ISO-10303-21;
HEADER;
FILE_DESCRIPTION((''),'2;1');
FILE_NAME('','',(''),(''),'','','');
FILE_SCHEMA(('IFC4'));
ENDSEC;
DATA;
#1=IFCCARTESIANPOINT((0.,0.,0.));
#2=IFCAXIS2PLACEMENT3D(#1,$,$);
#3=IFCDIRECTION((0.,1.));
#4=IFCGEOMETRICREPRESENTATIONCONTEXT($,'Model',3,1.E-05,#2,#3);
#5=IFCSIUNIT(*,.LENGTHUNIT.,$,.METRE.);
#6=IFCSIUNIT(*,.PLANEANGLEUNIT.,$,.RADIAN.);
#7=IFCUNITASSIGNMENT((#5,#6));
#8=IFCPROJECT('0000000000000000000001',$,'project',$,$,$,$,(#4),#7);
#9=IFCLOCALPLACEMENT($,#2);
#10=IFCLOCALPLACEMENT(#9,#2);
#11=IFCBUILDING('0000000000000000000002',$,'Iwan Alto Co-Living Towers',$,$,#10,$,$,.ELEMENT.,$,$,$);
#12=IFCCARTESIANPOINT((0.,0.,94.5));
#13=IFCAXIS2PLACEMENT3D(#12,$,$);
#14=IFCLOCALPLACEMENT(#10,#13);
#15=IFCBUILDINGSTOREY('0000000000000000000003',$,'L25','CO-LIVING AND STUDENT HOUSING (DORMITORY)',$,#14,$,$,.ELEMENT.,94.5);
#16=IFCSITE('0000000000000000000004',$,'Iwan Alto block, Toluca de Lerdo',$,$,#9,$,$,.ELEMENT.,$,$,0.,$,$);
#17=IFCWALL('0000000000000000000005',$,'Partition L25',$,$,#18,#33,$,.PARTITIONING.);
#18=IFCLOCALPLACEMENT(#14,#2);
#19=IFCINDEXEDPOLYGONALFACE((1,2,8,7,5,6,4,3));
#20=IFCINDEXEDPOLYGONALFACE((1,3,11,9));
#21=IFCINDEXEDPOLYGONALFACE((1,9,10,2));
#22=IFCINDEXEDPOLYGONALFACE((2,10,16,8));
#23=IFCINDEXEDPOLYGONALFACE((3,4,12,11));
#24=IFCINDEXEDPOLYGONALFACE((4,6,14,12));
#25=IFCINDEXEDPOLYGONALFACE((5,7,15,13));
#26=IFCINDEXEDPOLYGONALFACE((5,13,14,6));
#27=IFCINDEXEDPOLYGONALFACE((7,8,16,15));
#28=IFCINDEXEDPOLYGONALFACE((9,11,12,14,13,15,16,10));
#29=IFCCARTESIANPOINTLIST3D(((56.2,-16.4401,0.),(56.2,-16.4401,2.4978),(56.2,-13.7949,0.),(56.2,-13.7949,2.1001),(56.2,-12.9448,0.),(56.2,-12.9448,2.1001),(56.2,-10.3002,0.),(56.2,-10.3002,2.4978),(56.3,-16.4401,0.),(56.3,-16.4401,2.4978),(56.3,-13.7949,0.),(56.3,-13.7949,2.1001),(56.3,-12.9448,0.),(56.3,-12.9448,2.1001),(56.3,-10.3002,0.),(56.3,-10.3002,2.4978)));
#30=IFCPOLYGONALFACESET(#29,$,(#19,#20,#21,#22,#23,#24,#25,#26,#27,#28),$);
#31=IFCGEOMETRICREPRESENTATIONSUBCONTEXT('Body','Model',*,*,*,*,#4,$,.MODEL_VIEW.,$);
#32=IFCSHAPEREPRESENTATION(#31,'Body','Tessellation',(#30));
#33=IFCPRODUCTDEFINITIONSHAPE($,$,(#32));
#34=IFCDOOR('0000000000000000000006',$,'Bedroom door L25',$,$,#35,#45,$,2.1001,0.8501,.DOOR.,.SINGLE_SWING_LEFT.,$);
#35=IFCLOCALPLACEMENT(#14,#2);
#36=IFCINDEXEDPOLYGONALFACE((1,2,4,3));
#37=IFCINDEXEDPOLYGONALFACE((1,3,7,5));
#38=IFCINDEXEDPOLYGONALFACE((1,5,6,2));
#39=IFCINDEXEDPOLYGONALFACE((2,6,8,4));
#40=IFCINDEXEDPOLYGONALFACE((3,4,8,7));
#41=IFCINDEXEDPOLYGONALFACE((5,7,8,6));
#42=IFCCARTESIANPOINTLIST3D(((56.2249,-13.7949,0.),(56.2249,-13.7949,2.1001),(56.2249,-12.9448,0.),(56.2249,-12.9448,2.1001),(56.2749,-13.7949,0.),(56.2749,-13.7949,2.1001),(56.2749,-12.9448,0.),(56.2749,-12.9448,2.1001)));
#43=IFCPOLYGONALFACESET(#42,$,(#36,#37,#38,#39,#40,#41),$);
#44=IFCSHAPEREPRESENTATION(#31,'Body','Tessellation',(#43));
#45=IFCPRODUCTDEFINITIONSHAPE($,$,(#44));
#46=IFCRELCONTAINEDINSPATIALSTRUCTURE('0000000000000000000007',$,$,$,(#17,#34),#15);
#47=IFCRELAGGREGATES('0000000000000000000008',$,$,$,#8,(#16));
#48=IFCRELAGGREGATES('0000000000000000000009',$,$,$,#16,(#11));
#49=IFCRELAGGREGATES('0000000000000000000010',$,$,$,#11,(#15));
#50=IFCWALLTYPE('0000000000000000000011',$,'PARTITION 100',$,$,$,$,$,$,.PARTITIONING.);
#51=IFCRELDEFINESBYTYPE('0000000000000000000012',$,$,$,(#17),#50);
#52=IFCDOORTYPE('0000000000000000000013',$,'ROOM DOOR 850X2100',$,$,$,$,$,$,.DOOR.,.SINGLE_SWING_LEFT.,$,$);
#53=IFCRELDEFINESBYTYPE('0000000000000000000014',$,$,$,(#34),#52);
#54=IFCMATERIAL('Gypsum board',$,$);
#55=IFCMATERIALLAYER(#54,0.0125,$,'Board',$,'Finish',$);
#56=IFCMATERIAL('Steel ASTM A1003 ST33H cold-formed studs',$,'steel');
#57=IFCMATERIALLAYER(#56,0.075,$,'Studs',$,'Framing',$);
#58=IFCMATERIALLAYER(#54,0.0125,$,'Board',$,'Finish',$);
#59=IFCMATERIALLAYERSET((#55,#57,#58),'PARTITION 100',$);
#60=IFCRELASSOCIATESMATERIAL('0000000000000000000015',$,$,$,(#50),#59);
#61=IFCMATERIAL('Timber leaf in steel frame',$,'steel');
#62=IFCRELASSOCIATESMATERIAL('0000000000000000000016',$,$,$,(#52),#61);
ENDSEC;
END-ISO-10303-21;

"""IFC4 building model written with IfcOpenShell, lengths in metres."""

from ifc_helpers import new_model, si_unit, direction, frame, frame_2d, origin, place, context, subcontext, project, spatial, rectangle, extrude, material, layer, layer_set, type_object, element, fill, save


model = new_model("IFC4")

# Units and contexts
model_context = context("Model", 3, precision=1e-05, world=origin(), true_north=direction((0.0, 1.0)))
body_context = subcontext(model_context, "Body", "Model", "MODEL_VIEW")
ifc_project = project(units=[si_unit("LENGTHUNIT", "METRE"), si_unit("PLANEANGLEUNIT", "RADIAN")], contexts=[model_context])

# Site, building, storey
site_placement = place(None, origin())
site = spatial("IfcSite", under=ifc_project, at=site_placement, Name="Iwan Alto block, Toluca de Lerdo", CompositionType="ELEMENT", RefElevation=0.0)
building_placement = place(site_placement, origin())
building = spatial("IfcBuilding", under=site, at=building_placement, Name="Iwan Alto Co-Living Towers", CompositionType="ELEMENT")
storey_placement = place(building_placement, frame((0.0, 0.0, 94.5)))
storey = spatial("IfcBuildingStorey", under=building, at=storey_placement, Name="L25", Description="CO-LIVING AND STUDENT HOUSING (DORMITORY)", CompositionType="ELEMENT", Elevation=94.5)

# Shared definitions
ifc_material_1 = material(Name="Gypsum board")
ifc_layer_1 = layer(ifc_material_1, 0.0125, Name="Board", Category="Finish")
ifc_material_2 = material(Name="Steel ASTM A1003 ST33H cold-formed studs", Category="steel")
ifc_layer_2 = layer(ifc_material_2, 0.075, Name="Studs", Category="Framing")
ifc_layer_3 = layer(ifc_material_1, 0.0125, Name="Board", Category="Finish")
ifc_layer_set_1 = layer_set([ifc_layer_1, ifc_layer_2, ifc_layer_3], Name="PARTITION 100")
wall_type = type_object("IfcWallType", Name="PARTITION 100", PredefinedType="PARTITIONING", material=ifc_layer_set_1)

# Wall, opening, door
wall_1_placement = place(storey_placement, frame((56.25, -16.4399, 0.0), z_axis=(0.0, 0.0, 1.0), x_axis=(0.0, 1.0, 0.0)))
wall_1 = element("IfcWall", 1, at=wall_1_placement, inside=storey, type_object=wall_type, Name="Partition L25", PredefinedType="PARTITIONING", context=body_context, shape_type="SweptSolid", body=[
    extrude(rectangle(XDim=6.1399, YDim=0.1001, at=frame_2d((3.0698, 0.0))), origin(), (0.0, 0.0, 1.0), 2.4978),
])
opening_placement = place(wall_1_placement, frame((2.645, 0.0, 0.0)))
opening = element("IfcOpeningElement", 2, at=opening_placement, cuts=wall_1, PredefinedType="OPENING", context=body_context, shape_type="SweptSolid", body=[
    extrude(rectangle(XDim=0.8501, YDim=2.1001, at=frame_2d((0.425, 1.05))), frame((0.0, 0.0601, 0.0), z_axis=(0.0, -1.0, 0.0), x_axis=(1.0, 0.0, 0.0)), (0.0, 0.0, 1.0), 0.1201),
])
ifc_material_3 = material(Name="Timber leaf in steel frame", Category="steel")
door_type = type_object("IfcDoorType", Name="ROOM DOOR 850X2100", OperationType="SINGLE_SWING_LEFT", PredefinedType="DOOR", material=ifc_material_3)
door_placement = place(opening_placement, frame((0.8501, 0.0, 0.0), z_axis=(0.0, 0.0, 1.0), x_axis=(-1.0, 0.0, 0.0)))
door = element("IfcDoor", 3, at=door_placement, inside=storey, type_object=door_type, Name="Bedroom door L25", OperationType="SINGLE_SWING_LEFT", OverallHeight=2.1001, OverallWidth=0.8501, PredefinedType="DOOR", context=body_context, shape_type="SweptSolid", body=[
    extrude(rectangle(XDim=0.8501, YDim=2.1001, at=frame_2d((0.425, 1.05))), frame((0.0, 0.0249, 0.0), z_axis=(0.0, -1.0, 0.0), x_axis=(1.0, 0.0, 0.0)), (0.0, 0.0, 1.0), 0.05),
])
fill(opening, door)

save(model, "model.ifc")
